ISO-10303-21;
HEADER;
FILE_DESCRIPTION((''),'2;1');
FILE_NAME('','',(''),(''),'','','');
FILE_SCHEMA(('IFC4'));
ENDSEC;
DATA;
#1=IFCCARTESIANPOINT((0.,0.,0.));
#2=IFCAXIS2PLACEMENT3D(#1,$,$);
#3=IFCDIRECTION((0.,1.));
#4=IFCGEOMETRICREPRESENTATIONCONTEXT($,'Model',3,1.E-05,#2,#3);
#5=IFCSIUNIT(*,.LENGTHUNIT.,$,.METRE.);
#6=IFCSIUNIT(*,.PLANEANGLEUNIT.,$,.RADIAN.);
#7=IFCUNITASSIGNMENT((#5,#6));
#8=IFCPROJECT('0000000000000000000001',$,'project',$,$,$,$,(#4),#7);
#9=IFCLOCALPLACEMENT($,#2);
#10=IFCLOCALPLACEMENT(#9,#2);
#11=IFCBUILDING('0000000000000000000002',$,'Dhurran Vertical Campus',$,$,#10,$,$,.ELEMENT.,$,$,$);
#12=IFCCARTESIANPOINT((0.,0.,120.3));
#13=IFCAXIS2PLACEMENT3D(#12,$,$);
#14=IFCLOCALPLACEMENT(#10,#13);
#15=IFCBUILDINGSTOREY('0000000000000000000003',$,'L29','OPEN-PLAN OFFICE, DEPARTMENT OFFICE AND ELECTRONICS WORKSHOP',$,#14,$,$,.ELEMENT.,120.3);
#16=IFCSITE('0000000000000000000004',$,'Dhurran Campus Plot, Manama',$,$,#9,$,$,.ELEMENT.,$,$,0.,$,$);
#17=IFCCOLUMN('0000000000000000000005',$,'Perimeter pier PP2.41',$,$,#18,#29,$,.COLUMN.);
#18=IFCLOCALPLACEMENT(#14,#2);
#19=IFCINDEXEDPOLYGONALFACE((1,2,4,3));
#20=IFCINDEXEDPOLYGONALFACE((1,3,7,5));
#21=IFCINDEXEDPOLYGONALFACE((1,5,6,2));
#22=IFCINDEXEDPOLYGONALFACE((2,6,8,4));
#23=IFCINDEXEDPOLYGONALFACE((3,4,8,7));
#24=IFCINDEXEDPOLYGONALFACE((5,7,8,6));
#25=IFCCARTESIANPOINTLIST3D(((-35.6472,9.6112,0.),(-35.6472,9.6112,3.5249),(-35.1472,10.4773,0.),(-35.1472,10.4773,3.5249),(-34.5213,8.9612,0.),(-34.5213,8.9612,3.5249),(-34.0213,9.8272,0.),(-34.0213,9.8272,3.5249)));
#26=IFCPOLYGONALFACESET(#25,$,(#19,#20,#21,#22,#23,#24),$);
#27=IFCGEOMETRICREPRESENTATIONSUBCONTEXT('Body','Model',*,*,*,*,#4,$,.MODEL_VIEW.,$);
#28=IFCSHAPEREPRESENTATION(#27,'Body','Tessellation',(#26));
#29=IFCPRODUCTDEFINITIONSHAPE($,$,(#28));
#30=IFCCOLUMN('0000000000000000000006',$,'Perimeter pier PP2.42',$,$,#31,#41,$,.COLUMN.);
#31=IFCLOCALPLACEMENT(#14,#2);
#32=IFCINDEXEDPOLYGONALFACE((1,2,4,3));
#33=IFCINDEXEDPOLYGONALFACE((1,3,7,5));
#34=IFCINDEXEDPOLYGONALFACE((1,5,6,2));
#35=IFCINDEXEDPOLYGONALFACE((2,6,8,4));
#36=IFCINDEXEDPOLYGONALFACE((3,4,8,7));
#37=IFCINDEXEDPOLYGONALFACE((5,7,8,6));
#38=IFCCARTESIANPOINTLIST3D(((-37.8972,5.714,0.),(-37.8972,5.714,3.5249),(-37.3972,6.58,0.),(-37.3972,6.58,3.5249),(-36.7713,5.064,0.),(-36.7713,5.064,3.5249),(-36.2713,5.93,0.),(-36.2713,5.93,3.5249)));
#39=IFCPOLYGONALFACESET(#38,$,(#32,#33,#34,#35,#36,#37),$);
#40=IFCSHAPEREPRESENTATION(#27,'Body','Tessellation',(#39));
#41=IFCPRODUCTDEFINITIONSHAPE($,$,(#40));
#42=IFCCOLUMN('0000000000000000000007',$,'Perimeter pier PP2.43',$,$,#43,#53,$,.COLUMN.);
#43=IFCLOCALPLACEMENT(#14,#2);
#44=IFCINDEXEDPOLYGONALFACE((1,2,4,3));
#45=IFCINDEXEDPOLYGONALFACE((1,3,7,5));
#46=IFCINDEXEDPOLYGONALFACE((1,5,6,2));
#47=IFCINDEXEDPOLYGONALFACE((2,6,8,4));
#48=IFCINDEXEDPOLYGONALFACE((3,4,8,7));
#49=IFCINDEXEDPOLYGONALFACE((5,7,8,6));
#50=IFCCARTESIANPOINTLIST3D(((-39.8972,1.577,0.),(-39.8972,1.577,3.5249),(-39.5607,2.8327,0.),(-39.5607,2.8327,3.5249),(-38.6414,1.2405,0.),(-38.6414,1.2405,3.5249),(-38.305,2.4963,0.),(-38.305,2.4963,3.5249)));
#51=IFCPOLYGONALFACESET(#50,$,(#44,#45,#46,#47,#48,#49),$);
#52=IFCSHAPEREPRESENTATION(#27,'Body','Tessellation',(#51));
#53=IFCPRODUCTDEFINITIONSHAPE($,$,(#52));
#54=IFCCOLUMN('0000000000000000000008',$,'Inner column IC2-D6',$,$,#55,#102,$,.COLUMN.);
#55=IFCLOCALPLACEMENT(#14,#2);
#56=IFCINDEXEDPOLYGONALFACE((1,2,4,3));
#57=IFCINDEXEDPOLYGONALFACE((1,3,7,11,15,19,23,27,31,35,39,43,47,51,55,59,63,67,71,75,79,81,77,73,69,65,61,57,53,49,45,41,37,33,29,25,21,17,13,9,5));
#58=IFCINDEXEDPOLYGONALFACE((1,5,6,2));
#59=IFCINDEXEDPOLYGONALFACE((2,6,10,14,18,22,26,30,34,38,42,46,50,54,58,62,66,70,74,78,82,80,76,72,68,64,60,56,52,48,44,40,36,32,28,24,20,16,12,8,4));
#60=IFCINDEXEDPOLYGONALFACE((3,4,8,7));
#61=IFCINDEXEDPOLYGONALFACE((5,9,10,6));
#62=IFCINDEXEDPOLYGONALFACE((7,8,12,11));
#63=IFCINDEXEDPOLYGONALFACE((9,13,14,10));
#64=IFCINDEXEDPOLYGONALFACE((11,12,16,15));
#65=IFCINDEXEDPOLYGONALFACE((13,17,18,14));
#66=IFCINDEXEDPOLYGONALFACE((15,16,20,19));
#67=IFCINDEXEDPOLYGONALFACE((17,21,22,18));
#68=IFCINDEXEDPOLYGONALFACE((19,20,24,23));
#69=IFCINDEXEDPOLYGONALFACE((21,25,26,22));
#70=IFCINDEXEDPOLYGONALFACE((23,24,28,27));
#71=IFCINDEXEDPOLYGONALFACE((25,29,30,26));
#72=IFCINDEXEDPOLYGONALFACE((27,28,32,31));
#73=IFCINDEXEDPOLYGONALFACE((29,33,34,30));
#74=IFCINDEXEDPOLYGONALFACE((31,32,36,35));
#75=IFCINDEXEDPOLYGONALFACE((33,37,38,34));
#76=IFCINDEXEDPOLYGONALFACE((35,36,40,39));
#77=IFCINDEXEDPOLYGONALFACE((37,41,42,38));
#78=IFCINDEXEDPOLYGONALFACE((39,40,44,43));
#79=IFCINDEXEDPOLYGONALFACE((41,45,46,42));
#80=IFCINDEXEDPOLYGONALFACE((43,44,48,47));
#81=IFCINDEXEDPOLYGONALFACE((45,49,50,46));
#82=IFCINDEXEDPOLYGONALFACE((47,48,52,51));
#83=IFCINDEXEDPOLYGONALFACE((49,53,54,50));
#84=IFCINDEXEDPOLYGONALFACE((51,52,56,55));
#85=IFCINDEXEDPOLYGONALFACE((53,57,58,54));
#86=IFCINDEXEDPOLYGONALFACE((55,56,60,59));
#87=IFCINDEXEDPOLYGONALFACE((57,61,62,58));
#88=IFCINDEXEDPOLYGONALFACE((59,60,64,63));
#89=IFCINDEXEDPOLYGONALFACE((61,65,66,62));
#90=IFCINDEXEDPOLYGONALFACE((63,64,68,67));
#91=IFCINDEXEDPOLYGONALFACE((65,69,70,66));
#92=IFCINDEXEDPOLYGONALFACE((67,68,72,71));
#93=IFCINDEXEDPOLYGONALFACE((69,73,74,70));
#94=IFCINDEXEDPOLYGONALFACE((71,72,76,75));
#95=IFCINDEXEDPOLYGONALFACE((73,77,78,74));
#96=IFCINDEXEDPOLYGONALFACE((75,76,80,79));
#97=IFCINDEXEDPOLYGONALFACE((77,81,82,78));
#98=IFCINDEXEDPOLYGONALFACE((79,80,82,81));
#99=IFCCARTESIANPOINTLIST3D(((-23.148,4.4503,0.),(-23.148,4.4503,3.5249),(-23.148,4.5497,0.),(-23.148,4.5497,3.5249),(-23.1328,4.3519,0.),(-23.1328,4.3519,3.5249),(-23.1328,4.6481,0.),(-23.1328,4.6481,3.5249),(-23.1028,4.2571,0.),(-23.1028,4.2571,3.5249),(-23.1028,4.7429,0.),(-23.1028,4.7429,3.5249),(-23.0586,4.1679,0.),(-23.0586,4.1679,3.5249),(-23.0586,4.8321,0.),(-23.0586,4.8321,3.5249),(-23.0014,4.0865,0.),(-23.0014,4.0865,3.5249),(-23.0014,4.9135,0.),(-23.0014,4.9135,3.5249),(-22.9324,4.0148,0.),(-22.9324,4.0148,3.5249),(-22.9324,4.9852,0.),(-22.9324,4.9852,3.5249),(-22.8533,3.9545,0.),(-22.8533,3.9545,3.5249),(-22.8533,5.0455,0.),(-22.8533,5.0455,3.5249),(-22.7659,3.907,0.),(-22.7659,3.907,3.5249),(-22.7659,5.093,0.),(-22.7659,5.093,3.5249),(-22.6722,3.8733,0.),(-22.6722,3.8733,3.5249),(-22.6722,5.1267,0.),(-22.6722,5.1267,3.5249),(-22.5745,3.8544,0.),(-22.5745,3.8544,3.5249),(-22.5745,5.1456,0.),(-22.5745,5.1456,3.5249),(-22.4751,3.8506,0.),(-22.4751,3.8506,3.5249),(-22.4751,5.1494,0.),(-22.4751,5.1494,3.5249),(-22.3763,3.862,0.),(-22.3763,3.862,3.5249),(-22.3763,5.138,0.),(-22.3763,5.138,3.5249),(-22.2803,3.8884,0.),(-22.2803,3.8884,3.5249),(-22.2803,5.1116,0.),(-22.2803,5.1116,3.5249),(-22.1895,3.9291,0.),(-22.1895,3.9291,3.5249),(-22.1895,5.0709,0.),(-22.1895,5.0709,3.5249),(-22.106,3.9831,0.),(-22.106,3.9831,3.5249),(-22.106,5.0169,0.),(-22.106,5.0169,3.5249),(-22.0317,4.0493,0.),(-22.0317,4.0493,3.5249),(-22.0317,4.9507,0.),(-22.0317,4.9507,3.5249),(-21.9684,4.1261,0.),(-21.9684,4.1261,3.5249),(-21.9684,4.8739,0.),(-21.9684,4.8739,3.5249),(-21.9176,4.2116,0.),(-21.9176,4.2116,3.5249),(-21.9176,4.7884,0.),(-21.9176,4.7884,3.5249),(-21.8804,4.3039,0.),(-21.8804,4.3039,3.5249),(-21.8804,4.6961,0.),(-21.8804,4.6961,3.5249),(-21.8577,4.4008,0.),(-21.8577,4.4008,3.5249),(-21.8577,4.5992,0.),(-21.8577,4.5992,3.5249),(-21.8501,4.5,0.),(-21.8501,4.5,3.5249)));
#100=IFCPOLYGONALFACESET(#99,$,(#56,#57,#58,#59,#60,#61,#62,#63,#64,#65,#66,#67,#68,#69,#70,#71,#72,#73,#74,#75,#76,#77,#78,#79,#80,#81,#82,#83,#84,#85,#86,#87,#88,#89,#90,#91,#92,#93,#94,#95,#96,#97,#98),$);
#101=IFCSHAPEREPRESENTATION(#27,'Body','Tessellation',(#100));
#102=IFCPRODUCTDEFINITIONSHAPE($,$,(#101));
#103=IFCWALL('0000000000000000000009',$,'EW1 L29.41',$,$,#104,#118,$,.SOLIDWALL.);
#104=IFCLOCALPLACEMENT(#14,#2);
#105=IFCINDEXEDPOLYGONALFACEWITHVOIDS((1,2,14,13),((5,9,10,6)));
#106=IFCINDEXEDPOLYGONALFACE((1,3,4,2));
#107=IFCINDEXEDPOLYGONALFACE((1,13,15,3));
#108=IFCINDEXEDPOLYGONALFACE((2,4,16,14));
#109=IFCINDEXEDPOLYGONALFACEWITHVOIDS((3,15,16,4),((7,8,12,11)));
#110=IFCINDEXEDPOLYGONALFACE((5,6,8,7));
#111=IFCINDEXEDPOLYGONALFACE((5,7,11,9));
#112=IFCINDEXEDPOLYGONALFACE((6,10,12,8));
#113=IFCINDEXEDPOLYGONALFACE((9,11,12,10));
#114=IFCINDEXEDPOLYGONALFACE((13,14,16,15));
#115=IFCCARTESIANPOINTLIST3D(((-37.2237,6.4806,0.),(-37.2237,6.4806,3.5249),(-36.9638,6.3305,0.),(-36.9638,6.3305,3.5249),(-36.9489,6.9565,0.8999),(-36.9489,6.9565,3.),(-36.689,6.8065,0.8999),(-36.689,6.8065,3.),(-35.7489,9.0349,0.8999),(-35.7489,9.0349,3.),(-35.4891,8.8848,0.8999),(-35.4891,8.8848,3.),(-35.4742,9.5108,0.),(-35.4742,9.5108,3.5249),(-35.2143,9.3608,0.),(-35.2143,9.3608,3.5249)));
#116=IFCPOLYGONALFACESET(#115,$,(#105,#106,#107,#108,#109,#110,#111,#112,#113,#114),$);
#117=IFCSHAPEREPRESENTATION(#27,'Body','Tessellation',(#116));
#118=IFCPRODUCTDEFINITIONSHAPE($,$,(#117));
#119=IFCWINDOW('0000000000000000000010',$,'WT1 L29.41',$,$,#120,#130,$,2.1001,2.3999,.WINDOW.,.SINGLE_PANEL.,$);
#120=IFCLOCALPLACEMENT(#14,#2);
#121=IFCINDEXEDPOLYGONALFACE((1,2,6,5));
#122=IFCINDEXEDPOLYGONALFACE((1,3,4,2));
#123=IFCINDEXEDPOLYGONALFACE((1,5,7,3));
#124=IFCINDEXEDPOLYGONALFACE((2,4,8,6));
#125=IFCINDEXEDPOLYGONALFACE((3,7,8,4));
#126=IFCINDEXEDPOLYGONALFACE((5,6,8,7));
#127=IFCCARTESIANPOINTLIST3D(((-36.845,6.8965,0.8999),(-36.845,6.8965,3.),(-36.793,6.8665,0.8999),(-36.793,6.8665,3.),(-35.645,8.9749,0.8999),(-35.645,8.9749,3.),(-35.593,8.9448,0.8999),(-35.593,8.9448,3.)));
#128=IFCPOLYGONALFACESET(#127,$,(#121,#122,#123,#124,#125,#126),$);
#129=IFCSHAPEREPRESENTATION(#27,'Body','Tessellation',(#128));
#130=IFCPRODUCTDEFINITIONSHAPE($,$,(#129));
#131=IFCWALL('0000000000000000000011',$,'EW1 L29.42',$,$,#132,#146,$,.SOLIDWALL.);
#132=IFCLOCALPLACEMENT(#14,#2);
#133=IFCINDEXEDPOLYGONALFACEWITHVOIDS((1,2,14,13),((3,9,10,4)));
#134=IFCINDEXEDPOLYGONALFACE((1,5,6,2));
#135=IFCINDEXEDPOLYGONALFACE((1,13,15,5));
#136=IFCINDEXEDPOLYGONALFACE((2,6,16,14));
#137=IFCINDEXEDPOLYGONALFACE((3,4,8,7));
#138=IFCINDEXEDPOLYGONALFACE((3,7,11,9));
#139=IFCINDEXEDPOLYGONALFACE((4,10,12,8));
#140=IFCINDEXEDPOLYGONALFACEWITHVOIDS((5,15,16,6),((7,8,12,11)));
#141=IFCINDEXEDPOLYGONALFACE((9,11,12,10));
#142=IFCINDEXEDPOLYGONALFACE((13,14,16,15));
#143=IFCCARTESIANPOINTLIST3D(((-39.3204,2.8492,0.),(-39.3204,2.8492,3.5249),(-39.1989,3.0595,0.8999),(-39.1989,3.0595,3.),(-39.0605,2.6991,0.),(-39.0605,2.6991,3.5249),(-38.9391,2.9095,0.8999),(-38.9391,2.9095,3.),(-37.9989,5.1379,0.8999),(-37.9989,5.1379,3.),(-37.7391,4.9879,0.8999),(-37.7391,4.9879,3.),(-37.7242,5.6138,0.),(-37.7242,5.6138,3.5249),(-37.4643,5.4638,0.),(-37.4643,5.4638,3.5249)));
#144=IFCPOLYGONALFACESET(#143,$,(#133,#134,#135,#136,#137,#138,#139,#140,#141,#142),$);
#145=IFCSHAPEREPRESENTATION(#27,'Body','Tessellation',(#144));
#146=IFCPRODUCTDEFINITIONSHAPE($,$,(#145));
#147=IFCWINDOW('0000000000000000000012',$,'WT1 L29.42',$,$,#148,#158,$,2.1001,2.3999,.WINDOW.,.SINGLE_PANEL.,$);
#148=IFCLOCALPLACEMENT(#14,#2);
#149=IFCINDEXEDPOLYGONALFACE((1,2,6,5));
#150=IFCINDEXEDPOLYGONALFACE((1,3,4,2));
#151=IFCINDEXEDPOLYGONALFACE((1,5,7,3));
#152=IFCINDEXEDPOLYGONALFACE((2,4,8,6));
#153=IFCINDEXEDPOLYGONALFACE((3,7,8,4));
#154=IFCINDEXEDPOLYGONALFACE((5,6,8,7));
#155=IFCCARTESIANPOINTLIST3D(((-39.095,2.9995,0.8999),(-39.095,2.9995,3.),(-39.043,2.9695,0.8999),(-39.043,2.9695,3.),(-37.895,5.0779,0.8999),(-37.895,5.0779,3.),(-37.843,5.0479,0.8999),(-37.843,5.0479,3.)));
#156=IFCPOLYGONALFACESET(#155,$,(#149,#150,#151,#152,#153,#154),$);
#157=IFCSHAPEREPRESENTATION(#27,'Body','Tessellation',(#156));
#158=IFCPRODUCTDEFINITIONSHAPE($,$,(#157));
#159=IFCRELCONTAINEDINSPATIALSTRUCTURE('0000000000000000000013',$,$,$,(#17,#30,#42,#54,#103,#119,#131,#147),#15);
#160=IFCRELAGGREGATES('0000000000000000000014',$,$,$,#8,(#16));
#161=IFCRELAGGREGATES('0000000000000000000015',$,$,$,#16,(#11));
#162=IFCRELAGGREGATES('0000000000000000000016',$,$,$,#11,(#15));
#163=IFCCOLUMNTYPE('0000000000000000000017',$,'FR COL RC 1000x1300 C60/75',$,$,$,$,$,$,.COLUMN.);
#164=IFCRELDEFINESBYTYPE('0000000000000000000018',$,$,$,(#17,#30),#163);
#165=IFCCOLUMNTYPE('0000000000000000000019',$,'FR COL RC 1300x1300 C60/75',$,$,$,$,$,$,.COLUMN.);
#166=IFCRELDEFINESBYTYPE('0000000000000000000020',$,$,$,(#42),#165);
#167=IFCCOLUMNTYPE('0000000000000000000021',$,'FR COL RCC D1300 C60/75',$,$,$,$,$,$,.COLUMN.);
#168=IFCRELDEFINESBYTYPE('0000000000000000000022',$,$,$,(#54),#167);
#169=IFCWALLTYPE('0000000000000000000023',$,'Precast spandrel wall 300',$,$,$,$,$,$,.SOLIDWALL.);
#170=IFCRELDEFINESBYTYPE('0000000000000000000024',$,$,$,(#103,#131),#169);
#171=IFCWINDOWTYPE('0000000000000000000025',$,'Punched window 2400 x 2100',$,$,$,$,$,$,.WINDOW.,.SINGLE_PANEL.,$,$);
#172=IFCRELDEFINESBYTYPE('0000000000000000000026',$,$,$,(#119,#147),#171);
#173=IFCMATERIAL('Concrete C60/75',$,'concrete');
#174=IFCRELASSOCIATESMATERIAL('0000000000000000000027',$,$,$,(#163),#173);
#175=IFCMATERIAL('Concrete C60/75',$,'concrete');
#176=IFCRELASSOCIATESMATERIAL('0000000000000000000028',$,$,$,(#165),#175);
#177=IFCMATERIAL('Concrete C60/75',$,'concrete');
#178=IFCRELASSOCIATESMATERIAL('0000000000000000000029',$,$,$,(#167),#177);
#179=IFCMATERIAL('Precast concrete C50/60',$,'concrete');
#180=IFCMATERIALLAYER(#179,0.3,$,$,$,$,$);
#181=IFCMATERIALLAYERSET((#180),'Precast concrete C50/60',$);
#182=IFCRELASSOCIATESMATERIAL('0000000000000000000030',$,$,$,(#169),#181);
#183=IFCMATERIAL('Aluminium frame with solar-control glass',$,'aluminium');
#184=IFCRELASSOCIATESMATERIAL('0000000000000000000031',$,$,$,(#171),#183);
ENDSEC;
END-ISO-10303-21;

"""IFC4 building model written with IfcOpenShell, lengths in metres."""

from ifc_helpers import new_model, si_unit, direction, frame, frame_2d, origin, origin_2d, place, context, subcontext, project, spatial, rectangle, circle, extrude, material, layer, layer_set, material_profile, profile_set, type_object, element, fill, save


model = new_model("IFC4")

# Units and contexts
model_context = context("Model", 3, precision=1e-05, world=origin(), true_north=direction((0.0, 1.0)))
body_context = subcontext(model_context, "Body", "Model", "MODEL_VIEW")
ifc_project = project(units=[si_unit("LENGTHUNIT", "METRE"), si_unit("PLANEANGLEUNIT", "RADIAN")], contexts=[model_context])

# Site, building, storey
site_placement = place(None, origin())
site = spatial("IfcSite", under=ifc_project, at=site_placement, Name="Dhurran Campus Plot, Manama", CompositionType="ELEMENT", RefElevation=0.0)
building_placement = place(site_placement, origin())
building = spatial("IfcBuilding", under=site, at=building_placement, Name="Dhurran Vertical Campus", CompositionType="ELEMENT")
storey_placement = place(building_placement, frame((0.0, 0.0, 120.3)))
storey = spatial("IfcBuildingStorey", under=building, at=storey_placement, Name="L29", Description="OPEN-PLAN OFFICE, DEPARTMENT OFFICE AND ELECTRONICS WORKSHOP", CompositionType="ELEMENT", Elevation=120.3)

# Columns
ifc_material_1 = material(Name="Concrete C60/75", Category="concrete")
ifc_material_profile_1 = material_profile(ifc_material_1, rectangle(XDim=1.0, YDim=1.3, at=origin_2d()), Name="RC 1000x1300")
ifc_profile_set_1 = profile_set([ifc_material_profile_1], Name="Concrete C60/75")
column_type_1 = type_object("IfcColumnType", Name="FR COL RC 1000x1300 C60/75", PredefinedType="COLUMN", material=ifc_profile_set_1)
for number, where, z_axis, x_axis, name in (
    (1, (-34.8342, 9.7192, 0.0), (0.0, 0.0, 1.0), (-0.5, -0.866025, 0.0), "Perimeter pier PP2.41"),
    (2, (-37.0842, 5.822, 0.0), (0.0, 0.0, 1.0), (-0.5, -0.866025, 0.0), "Perimeter pier PP2.42"),
):
    element("IfcColumn", number, at=place(storey_placement, frame(where, z_axis=z_axis, x_axis=x_axis)), inside=storey, type_object=column_type_1, Name=name, PredefinedType="COLUMN", context=body_context, shape_type="SweptSolid", body=[
        extrude(rectangle(XDim=1.0, YDim=1.3, at=origin_2d()), origin(), (0.0, 0.0, 1.0), 3.5249),
    ])
ifc_material_2 = material(Name="Concrete C60/75", Category="concrete")
ifc_material_profile_2 = material_profile(ifc_material_2, rectangle(XDim=1.3, YDim=1.3, at=origin_2d()), Name="RC 1300x1300")
ifc_profile_set_2 = profile_set([ifc_material_profile_2], Name="Concrete C60/75")
column_type_2 = type_object("IfcColumnType", Name="FR COL RC 1300x1300 C60/75", PredefinedType="COLUMN", material=ifc_profile_set_2)
column_1_placement = place(storey_placement, frame((-39.1011, 2.0366, 0.0), z_axis=(0.0, 0.0, 1.0), x_axis=(-0.258819, -0.965926, 0.0)))
element("IfcColumn", 3, at=column_1_placement, inside=storey, type_object=column_type_2, Name="Perimeter pier PP2.43", PredefinedType="COLUMN", context=body_context, shape_type="SweptSolid", body=[
    extrude(rectangle(XDim=1.3, YDim=1.3, at=origin_2d()), origin(), (0.0, 0.0, 1.0), 3.5249),
])
ifc_material_3 = material(Name="Concrete C60/75", Category="concrete")
ifc_material_profile_3 = material_profile(ifc_material_3, circle(Radius=0.6499, at=origin_2d()), Name="RCC D1300")
ifc_profile_set_3 = profile_set([ifc_material_profile_3], Name="Concrete C60/75")
column_type_3 = type_object("IfcColumnType", Name="FR COL RCC D1300 C60/75", PredefinedType="COLUMN", material=ifc_profile_set_3)
column_2_placement = place(storey_placement, frame((-22.5, 4.5, 0.0), z_axis=(0.0, 0.0, 1.0), x_axis=(1.0, 0.0, 0.0)))
element("IfcColumn", 4, at=column_2_placement, inside=storey, type_object=column_type_3, Name="Inner column IC2-D6", PredefinedType="COLUMN", context=body_context, shape_type="SweptSolid", body=[
    extrude(circle(Radius=0.6499, at=origin_2d()), origin(), (0.0, 0.0, 1.0), 3.5249),
])

# Walls, openings, windows
ifc_material_4 = material(Name="Precast concrete C50/60", Category="concrete")
ifc_layer_1 = layer(ifc_material_4, 0.3)
ifc_layer_set_1 = layer_set([ifc_layer_1], Name="Precast concrete C50/60")
wall_type_1 = type_object("IfcWallType", Name="Precast spandrel wall 300", PredefinedType="SOLIDWALL", material=ifc_layer_set_1)
wall_1_placement = place(storey_placement, frame((-35.3442, 9.4358, 0.0), z_axis=(0.0, 0.0, 1.0), x_axis=(-0.499996, -0.866028, 0.0)))
wall_1 = element("IfcWall", 5, at=wall_1_placement, inside=storey, type_object=wall_type_1, Name="EW1 L29.41", PredefinedType="SOLIDWALL", context=body_context, shape_type="SweptSolid", body=[
    extrude(rectangle(XDim=3.499, YDim=0.3, at=frame_2d((1.7495, 0.0))), origin(), (0.0, 0.0, 1.0), 3.5249),
])
opening_1_placement = place(wall_1_placement, frame((0.5496, 0.0, 0.8999)))
opening_1 = element("IfcOpeningElement", 6, at=opening_1_placement, cuts=wall_1, PredefinedType="OPENING", context=body_context, shape_type="SweptSolid", body=[
    extrude(rectangle(XDim=2.3999, YDim=2.1001, at=frame_2d((1.2, 1.05))), frame((0.0, 0.1599, 0.0), z_axis=(0.0, -1.0, 0.0), x_axis=(1.0, 0.0, 0.0)), (0.0, 0.0, 1.0), 0.3201),
])
ifc_material_5 = material(Name="Aluminium frame with solar-control glass", Category="aluminium")
window_type = type_object("IfcWindowType", Name="Punched window 2400 x 2100", PartitioningType="SINGLE_PANEL", PredefinedType="WINDOW", material=ifc_material_5)
window_1_placement = place(opening_1_placement, origin())
window_1 = element("IfcWindow", 7, at=window_1_placement, inside=storey, type_object=window_type, Name="WT1 L29.41", OverallHeight=2.1001, OverallWidth=2.3999, PartitioningType="SINGLE_PANEL", PredefinedType="WINDOW", context=body_context, shape_type="SweptSolid", body=[
    extrude(rectangle(XDim=2.3999, YDim=2.1001, at=frame_2d((1.2, 1.05))), frame((0.0, 0.03, 0.0), z_axis=(0.0, -1.0, 0.0), x_axis=(1.0, 0.0, 0.0)), (0.0, 0.0, 1.0), 0.0601),
])
fill(opening_1, window_1)
wall_2_placement = place(storey_placement, frame((-37.5942, 5.5388, 0.0), z_axis=(0.0, 0.0, 1.0), x_axis=(-0.500005, -0.866023, 0.0)))
wall_2 = element("IfcWall", 8, at=wall_2_placement, inside=storey, type_object=wall_type_1, Name="EW1 L29.42", PredefinedType="SOLIDWALL", context=body_context, shape_type="SweptSolid", body=[
    extrude(rectangle(XDim=3.1924, YDim=0.3, at=frame_2d((1.5962, 0.0))), origin(), (0.0, 0.0, 1.0), 3.5249),
])
opening_2_placement = place(wall_2_placement, frame((0.5496, 0.0, 0.8999)))
opening_2 = element("IfcOpeningElement", 9, at=opening_2_placement, cuts=wall_2, PredefinedType="OPENING", context=body_context, shape_type="SweptSolid", body=[
    extrude(rectangle(XDim=2.3999, YDim=2.1001, at=frame_2d((1.2, 1.05))), frame((0.0, 0.1599, 0.0), z_axis=(0.0, -1.0, 0.0), x_axis=(1.0, 0.0, 0.0)), (0.0, 0.0, 1.0), 0.3201),
])
window_2_placement = place(opening_2_placement, origin())
window_2 = element("IfcWindow", 10, at=window_2_placement, inside=storey, type_object=window_type, Name="WT1 L29.42", OverallHeight=2.1001, OverallWidth=2.3999, PartitioningType="SINGLE_PANEL", PredefinedType="WINDOW", context=body_context, shape_type="SweptSolid", body=[
    extrude(rectangle(XDim=2.3999, YDim=2.1001, at=frame_2d((1.2, 1.05))), frame((0.0, 0.03, 0.0), z_axis=(0.0, -1.0, 0.0), x_axis=(1.0, 0.0, 0.0)), (0.0, 0.0, 1.0), 0.0601),
])
fill(opening_2, window_2)

save(model, "model.ifc")
